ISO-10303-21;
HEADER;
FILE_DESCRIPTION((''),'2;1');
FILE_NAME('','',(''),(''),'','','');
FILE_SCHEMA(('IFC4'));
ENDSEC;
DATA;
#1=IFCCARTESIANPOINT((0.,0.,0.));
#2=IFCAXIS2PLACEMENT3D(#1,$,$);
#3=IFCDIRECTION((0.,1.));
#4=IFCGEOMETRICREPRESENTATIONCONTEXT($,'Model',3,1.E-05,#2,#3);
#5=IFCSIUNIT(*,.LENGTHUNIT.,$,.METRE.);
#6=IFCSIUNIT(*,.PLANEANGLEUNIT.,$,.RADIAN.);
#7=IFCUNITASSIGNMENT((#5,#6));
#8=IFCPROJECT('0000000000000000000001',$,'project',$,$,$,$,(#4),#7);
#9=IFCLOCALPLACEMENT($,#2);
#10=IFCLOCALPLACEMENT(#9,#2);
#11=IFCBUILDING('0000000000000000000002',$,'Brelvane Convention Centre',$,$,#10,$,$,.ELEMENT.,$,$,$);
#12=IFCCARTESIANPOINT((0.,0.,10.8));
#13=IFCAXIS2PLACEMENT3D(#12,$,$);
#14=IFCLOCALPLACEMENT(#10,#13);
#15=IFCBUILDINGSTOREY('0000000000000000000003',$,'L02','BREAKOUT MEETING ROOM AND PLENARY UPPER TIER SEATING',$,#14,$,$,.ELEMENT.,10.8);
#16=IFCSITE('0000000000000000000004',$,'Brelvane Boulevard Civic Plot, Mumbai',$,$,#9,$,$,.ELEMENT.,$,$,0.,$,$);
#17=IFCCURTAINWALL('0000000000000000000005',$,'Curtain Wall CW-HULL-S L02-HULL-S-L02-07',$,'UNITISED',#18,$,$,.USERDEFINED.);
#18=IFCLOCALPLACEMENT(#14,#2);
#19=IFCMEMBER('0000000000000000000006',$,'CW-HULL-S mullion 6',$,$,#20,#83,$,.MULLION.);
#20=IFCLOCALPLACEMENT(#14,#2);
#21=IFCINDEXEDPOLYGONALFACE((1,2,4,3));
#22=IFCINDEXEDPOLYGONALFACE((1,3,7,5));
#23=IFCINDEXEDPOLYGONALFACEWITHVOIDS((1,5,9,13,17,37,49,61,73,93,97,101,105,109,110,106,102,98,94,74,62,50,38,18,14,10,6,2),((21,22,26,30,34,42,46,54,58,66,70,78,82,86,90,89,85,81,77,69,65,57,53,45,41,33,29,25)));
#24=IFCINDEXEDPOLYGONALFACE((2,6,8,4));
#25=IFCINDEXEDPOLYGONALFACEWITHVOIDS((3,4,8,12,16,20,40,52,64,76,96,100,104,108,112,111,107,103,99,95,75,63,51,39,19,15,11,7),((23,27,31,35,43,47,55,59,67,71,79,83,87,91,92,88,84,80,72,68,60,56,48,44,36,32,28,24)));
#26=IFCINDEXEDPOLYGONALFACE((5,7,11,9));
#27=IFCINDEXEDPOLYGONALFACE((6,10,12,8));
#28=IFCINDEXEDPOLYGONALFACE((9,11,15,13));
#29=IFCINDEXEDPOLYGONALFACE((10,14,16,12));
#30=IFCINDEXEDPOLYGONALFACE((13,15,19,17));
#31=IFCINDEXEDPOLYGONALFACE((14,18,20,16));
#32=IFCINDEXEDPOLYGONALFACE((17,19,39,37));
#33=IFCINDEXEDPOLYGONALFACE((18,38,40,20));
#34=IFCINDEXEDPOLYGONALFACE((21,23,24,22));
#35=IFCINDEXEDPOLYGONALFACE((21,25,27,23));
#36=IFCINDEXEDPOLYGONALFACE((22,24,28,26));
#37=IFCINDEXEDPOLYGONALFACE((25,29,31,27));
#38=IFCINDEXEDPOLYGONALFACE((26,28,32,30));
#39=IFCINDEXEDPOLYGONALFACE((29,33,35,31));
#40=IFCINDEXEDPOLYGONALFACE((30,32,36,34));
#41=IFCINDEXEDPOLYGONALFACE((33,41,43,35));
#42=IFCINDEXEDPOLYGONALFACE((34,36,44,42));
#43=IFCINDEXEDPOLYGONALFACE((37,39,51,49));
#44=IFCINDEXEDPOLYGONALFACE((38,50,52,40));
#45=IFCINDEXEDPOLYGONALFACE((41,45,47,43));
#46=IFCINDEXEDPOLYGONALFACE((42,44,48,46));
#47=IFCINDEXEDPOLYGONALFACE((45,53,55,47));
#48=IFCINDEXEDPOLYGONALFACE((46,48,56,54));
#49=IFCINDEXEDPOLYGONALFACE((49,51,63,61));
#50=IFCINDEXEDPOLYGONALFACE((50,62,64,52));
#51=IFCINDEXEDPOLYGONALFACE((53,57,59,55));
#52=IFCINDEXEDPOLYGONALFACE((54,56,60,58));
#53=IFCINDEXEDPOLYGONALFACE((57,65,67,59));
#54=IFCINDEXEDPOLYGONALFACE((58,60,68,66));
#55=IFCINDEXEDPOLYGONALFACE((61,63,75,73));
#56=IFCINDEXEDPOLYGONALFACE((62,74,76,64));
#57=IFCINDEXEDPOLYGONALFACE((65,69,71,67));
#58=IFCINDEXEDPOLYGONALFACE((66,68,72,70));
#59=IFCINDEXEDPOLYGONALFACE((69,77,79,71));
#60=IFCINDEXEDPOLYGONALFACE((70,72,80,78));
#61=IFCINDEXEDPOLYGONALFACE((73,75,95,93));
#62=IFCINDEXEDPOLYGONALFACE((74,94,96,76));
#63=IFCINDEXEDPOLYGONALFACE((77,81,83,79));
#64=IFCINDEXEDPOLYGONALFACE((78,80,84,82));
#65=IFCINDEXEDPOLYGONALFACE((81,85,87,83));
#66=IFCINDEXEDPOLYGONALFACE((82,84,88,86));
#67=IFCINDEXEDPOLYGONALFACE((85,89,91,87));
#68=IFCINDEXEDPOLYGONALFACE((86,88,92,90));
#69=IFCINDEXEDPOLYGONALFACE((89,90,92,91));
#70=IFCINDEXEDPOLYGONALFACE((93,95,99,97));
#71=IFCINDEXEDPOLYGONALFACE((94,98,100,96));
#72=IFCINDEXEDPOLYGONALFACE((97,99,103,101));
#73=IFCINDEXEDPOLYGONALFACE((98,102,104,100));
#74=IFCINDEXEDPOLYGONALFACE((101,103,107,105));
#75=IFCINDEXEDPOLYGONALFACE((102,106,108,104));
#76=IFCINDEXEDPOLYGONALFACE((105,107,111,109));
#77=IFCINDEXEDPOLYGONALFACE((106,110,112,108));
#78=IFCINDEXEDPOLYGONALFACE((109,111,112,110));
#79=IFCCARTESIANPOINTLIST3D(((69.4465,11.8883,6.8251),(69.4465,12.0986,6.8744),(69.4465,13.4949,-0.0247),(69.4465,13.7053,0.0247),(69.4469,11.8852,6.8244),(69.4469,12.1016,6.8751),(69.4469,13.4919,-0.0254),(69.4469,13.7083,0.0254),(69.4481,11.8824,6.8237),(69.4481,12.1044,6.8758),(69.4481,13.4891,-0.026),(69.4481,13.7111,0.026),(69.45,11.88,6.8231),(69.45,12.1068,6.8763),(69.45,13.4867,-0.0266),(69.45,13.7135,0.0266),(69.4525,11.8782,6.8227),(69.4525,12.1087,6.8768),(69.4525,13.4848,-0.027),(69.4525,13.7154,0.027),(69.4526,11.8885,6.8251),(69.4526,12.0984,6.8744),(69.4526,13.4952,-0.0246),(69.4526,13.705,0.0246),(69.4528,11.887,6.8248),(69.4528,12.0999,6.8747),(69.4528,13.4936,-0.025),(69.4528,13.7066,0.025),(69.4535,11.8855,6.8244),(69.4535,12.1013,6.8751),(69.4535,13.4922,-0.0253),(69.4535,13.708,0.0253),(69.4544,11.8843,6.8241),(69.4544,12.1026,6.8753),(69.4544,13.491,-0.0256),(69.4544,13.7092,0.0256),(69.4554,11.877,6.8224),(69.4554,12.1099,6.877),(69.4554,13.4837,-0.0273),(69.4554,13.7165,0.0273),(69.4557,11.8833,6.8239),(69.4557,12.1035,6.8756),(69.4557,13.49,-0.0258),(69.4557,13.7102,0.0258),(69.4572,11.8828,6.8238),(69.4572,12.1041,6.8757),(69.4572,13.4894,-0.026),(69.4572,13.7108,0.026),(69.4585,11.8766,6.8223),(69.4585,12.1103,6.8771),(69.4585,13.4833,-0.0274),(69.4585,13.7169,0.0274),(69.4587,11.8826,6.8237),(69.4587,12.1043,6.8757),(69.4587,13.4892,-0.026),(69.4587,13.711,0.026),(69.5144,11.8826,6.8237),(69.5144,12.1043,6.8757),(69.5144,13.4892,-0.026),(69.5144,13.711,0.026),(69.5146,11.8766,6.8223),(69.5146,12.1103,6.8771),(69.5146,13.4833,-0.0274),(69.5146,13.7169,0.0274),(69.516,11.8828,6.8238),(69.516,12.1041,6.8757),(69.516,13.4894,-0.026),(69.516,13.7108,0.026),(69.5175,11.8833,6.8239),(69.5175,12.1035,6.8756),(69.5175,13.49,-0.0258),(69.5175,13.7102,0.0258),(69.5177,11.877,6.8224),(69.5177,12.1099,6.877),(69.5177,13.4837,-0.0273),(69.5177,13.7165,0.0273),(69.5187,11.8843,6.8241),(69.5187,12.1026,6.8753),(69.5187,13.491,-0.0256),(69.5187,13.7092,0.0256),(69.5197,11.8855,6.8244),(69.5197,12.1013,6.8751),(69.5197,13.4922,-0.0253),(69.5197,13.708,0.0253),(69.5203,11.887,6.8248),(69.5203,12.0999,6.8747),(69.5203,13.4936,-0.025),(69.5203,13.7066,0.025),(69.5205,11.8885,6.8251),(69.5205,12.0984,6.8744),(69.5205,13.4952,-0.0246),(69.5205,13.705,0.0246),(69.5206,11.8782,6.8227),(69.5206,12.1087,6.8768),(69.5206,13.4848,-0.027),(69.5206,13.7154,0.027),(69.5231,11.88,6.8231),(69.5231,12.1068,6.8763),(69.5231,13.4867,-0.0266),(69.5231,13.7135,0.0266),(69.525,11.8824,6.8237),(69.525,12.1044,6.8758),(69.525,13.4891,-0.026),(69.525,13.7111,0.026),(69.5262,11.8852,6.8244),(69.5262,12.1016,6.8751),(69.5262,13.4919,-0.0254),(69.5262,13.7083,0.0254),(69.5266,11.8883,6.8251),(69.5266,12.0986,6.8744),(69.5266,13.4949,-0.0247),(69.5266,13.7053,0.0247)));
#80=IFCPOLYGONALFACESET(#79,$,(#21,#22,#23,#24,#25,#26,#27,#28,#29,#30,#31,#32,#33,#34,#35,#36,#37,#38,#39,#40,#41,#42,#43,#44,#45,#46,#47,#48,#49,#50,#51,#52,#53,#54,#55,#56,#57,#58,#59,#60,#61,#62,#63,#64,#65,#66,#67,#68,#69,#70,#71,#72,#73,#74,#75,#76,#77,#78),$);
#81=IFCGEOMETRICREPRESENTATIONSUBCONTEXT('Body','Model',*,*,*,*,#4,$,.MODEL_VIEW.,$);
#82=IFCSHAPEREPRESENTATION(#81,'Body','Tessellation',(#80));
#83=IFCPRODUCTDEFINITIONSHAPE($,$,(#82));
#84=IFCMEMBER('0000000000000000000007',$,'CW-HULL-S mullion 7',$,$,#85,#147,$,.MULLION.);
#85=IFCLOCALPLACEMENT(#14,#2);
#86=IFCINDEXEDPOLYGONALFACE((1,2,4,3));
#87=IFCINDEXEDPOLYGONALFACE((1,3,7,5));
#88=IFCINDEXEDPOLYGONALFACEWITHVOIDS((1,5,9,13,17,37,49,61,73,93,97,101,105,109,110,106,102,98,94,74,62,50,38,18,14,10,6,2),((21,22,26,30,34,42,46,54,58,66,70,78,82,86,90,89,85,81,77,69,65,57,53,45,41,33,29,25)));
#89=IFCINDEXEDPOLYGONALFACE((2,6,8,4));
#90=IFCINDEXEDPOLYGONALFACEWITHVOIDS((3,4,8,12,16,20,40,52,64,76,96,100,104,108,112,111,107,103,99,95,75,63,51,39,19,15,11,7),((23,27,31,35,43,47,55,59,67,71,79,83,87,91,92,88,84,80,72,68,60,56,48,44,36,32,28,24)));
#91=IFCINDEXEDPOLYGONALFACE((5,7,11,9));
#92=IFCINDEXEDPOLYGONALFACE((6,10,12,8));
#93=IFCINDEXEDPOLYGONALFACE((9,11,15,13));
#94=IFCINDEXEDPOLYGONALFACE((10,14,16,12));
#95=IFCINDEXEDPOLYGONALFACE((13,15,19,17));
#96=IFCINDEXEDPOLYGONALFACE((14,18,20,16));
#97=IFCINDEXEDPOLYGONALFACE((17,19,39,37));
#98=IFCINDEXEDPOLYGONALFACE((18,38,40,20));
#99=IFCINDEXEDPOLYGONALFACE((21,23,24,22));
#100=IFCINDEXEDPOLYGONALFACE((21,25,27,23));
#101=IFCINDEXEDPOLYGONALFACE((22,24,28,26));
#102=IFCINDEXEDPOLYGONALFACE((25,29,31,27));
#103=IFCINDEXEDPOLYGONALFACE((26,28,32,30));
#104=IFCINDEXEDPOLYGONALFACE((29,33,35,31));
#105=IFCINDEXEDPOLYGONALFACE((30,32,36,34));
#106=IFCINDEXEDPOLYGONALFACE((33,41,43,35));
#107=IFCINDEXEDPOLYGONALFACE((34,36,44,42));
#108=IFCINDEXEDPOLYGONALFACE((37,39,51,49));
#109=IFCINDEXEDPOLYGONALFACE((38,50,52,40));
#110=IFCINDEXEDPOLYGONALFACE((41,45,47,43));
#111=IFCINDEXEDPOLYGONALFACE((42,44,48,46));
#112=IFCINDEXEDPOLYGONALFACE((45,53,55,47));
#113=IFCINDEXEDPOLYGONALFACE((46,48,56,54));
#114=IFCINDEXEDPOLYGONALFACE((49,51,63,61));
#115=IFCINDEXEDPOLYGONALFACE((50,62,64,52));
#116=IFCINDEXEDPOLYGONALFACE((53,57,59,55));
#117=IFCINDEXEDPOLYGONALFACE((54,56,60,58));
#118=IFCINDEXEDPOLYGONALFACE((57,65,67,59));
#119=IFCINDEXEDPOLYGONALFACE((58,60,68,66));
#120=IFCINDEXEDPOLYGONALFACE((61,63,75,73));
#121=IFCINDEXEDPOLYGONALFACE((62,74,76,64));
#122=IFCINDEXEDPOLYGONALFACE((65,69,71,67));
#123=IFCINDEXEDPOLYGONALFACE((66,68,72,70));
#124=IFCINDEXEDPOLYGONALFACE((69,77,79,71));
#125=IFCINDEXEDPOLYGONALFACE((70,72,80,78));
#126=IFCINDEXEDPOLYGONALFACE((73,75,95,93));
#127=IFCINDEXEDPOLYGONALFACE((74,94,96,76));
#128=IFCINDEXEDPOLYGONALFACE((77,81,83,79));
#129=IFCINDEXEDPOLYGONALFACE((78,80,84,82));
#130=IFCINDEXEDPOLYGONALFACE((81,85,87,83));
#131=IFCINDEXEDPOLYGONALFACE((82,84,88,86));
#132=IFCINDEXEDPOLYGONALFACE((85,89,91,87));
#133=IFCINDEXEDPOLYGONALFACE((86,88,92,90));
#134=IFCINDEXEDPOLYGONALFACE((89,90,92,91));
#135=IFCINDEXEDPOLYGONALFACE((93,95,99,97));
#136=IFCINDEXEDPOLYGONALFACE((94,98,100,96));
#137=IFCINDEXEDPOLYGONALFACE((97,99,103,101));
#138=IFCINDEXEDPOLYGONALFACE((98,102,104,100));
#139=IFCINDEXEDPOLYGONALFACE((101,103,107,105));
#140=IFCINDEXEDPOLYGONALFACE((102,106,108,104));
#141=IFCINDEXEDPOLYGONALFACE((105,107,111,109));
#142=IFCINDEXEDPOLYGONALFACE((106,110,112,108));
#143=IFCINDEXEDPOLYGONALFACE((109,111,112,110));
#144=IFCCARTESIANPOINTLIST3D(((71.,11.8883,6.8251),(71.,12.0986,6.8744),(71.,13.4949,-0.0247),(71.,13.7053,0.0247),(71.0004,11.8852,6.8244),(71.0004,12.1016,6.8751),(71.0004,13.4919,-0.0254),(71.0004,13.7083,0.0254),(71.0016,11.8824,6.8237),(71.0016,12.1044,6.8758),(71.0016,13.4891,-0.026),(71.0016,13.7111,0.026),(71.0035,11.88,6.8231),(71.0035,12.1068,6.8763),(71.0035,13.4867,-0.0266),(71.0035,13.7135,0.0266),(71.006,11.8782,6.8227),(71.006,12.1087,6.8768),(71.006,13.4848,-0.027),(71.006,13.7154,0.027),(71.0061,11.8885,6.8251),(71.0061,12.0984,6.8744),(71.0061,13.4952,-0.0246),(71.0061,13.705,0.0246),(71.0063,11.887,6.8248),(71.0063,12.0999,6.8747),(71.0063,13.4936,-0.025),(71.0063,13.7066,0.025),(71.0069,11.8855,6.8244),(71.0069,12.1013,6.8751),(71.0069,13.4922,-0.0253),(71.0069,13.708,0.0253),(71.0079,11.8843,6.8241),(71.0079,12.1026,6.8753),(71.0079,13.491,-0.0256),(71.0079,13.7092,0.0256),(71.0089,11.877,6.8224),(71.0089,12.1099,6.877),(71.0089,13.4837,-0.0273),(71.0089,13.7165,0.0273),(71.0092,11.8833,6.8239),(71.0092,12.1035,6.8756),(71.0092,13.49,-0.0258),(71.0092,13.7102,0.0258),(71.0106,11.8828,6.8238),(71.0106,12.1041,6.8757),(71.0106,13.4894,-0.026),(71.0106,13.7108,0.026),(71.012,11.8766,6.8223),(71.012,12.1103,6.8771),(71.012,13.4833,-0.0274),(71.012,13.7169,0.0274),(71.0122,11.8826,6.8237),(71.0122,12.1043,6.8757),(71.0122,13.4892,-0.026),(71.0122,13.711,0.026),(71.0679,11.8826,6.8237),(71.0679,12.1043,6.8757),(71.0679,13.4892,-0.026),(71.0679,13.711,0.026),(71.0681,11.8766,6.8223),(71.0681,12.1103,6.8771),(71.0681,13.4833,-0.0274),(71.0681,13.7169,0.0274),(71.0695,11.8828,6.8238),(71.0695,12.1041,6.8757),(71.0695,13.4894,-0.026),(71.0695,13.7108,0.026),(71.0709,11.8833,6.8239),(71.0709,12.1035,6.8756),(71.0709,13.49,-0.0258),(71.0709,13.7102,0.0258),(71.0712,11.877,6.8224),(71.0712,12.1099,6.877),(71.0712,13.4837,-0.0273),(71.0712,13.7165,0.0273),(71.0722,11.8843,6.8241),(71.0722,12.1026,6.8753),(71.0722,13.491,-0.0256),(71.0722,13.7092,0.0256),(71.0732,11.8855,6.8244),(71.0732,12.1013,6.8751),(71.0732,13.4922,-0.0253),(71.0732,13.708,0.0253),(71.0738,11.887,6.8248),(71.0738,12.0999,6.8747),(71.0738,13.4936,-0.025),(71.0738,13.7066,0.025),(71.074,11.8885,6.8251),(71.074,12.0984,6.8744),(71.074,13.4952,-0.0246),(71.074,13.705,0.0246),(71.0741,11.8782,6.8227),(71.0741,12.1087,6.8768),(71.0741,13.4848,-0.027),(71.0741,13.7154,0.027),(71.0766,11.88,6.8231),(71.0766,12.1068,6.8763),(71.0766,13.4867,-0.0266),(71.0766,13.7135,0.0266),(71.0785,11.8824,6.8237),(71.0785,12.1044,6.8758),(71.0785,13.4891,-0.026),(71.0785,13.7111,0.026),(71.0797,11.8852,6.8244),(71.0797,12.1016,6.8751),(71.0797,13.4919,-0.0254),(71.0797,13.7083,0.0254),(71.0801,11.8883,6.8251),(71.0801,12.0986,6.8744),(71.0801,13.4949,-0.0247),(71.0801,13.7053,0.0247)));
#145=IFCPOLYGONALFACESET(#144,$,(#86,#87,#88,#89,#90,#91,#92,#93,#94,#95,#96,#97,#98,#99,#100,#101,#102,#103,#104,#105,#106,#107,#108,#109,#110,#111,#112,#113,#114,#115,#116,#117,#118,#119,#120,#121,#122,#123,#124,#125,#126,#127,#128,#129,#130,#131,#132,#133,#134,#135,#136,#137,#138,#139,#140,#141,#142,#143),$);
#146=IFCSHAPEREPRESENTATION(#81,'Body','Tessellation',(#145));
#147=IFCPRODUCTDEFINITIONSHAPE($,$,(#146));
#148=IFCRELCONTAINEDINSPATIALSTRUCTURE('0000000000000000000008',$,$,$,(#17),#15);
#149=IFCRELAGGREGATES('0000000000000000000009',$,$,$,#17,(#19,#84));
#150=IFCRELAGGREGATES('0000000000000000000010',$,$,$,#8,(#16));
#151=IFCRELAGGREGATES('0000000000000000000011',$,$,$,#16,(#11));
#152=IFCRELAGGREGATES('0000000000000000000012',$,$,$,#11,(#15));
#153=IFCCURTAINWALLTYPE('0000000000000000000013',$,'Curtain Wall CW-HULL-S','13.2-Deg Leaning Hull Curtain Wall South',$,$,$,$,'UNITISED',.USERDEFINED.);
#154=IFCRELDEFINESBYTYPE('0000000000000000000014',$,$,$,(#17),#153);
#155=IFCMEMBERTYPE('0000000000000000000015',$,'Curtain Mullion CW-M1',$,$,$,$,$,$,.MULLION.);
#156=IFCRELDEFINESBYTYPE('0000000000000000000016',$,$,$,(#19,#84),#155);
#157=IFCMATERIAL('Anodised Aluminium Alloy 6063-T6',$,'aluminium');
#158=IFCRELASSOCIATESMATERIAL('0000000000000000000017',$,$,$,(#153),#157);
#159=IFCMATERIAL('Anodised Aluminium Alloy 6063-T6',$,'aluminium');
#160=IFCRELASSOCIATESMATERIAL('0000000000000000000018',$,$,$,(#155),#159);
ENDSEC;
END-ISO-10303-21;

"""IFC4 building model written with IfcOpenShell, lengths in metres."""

from ifc_helpers import new_model, si_unit, direction, frame, origin, origin_2d, place, context, subcontext, project, spatial, hollow_rectangle, extrude, material, material_profile, profile_set, type_object, element, aggregate, save


model = new_model("IFC4")

# Units and contexts
model_context = context("Model", 3, precision=1e-05, world=origin(), true_north=direction((0.0, 1.0)))
body_context = subcontext(model_context, "Body", "Model", "MODEL_VIEW")
ifc_project = project(units=[si_unit("LENGTHUNIT", "METRE"), si_unit("PLANEANGLEUNIT", "RADIAN")], contexts=[model_context])

# Site, building, storey
site_placement = place(None, origin())
site = spatial("IfcSite", under=ifc_project, at=site_placement, Name="Brelvane Boulevard Civic Plot, Mumbai", CompositionType="ELEMENT", RefElevation=0.0)
building_placement = place(site_placement, origin())
building = spatial("IfcBuilding", under=site, at=building_placement, Name="Brelvane Convention Centre", CompositionType="ELEMENT")
storey_placement = place(building_placement, frame((0.0, 0.0, 10.8)))
storey = spatial("IfcBuildingStorey", under=building, at=storey_placement, Name="L02", Description="BREAKOUT MEETING ROOM AND PLENARY UPPER TIER SEATING", CompositionType="ELEMENT", Elevation=10.8)

# Curtain wall, members
ifc_material_1 = material(Name="Anodised Aluminium Alloy 6063-T6", Category="aluminium")
curtain_wall_type = type_object("IfcCurtainWallType", Name="Curtain Wall CW-HULL-S", Description="13.2-Deg Leaning Hull Curtain Wall South", ElementType="UNITISED", PredefinedType="USERDEFINED", material=ifc_material_1)
curtain_wall_1_placement = place(storey_placement, origin())
curtain_wall_1 = element("IfcCurtainWall", 1, at=curtain_wall_1_placement, inside=storey, type_object=curtain_wall_type, Name="Curtain Wall CW-HULL-S L02-HULL-S-L02-07", ObjectType="UNITISED", PredefinedType="USERDEFINED")
ifc_material_2 = material(Name="Anodised Aluminium Alloy 6063-T6", Category="aluminium")
ifc_material_profile_1 = material_profile(ifc_material_2, hollow_rectangle(XDim=0.0801, YDim=0.24, WallThickness=0.0061, InnerFilletRadius=0.0061, OuterFilletRadius=0.012, at=origin_2d()), Name="ALU-M 240x80x6.0")
ifc_profile_set_1 = profile_set([ifc_material_profile_1], Name="Anodised Aluminium Alloy 6063-T6")
member_type_1 = type_object("IfcMemberType", Name="Curtain Mullion CW-M1", PredefinedType="MULLION", material=ifc_profile_set_1)
member_1_placement = place(storey_placement, frame((69.4866, 13.6001, 0.0), z_axis=(0.0, -0.22836, 0.973577), x_axis=(1.0, 0.0, 0.0)))
member_1 = element("IfcMember", 2, at=member_1_placement, type_object=member_type_1, Name="CW-HULL-S mullion 6", PredefinedType="MULLION", context=body_context, shape_type="SweptSolid", body=[
    extrude(hollow_rectangle(XDim=0.0801, YDim=0.24, WallThickness=0.0061, InnerFilletRadius=0.0061, OuterFilletRadius=0.012, at=origin_2d()), origin(), (0.0, 0.0, 1.0), 7.0356),
])
member_2_placement = place(storey_placement, frame((71.04, 13.6001, 0.0), z_axis=(0.0, -0.22836, 0.973577), x_axis=(1.0, 0.0, 0.0)))
member_2 = element("IfcMember", 3, at=member_2_placement, type_object=member_type_1, Name="CW-HULL-S mullion 7", PredefinedType="MULLION", context=body_context, shape_type="SweptSolid", body=[
    extrude(hollow_rectangle(XDim=0.0801, YDim=0.24, WallThickness=0.0061, InnerFilletRadius=0.0061, OuterFilletRadius=0.012, at=origin_2d()), origin(), (0.0, 0.0, 1.0), 7.0356),
])

aggregate(curtain_wall_1, [member_1, member_2])

save(model, "model.ifc")
